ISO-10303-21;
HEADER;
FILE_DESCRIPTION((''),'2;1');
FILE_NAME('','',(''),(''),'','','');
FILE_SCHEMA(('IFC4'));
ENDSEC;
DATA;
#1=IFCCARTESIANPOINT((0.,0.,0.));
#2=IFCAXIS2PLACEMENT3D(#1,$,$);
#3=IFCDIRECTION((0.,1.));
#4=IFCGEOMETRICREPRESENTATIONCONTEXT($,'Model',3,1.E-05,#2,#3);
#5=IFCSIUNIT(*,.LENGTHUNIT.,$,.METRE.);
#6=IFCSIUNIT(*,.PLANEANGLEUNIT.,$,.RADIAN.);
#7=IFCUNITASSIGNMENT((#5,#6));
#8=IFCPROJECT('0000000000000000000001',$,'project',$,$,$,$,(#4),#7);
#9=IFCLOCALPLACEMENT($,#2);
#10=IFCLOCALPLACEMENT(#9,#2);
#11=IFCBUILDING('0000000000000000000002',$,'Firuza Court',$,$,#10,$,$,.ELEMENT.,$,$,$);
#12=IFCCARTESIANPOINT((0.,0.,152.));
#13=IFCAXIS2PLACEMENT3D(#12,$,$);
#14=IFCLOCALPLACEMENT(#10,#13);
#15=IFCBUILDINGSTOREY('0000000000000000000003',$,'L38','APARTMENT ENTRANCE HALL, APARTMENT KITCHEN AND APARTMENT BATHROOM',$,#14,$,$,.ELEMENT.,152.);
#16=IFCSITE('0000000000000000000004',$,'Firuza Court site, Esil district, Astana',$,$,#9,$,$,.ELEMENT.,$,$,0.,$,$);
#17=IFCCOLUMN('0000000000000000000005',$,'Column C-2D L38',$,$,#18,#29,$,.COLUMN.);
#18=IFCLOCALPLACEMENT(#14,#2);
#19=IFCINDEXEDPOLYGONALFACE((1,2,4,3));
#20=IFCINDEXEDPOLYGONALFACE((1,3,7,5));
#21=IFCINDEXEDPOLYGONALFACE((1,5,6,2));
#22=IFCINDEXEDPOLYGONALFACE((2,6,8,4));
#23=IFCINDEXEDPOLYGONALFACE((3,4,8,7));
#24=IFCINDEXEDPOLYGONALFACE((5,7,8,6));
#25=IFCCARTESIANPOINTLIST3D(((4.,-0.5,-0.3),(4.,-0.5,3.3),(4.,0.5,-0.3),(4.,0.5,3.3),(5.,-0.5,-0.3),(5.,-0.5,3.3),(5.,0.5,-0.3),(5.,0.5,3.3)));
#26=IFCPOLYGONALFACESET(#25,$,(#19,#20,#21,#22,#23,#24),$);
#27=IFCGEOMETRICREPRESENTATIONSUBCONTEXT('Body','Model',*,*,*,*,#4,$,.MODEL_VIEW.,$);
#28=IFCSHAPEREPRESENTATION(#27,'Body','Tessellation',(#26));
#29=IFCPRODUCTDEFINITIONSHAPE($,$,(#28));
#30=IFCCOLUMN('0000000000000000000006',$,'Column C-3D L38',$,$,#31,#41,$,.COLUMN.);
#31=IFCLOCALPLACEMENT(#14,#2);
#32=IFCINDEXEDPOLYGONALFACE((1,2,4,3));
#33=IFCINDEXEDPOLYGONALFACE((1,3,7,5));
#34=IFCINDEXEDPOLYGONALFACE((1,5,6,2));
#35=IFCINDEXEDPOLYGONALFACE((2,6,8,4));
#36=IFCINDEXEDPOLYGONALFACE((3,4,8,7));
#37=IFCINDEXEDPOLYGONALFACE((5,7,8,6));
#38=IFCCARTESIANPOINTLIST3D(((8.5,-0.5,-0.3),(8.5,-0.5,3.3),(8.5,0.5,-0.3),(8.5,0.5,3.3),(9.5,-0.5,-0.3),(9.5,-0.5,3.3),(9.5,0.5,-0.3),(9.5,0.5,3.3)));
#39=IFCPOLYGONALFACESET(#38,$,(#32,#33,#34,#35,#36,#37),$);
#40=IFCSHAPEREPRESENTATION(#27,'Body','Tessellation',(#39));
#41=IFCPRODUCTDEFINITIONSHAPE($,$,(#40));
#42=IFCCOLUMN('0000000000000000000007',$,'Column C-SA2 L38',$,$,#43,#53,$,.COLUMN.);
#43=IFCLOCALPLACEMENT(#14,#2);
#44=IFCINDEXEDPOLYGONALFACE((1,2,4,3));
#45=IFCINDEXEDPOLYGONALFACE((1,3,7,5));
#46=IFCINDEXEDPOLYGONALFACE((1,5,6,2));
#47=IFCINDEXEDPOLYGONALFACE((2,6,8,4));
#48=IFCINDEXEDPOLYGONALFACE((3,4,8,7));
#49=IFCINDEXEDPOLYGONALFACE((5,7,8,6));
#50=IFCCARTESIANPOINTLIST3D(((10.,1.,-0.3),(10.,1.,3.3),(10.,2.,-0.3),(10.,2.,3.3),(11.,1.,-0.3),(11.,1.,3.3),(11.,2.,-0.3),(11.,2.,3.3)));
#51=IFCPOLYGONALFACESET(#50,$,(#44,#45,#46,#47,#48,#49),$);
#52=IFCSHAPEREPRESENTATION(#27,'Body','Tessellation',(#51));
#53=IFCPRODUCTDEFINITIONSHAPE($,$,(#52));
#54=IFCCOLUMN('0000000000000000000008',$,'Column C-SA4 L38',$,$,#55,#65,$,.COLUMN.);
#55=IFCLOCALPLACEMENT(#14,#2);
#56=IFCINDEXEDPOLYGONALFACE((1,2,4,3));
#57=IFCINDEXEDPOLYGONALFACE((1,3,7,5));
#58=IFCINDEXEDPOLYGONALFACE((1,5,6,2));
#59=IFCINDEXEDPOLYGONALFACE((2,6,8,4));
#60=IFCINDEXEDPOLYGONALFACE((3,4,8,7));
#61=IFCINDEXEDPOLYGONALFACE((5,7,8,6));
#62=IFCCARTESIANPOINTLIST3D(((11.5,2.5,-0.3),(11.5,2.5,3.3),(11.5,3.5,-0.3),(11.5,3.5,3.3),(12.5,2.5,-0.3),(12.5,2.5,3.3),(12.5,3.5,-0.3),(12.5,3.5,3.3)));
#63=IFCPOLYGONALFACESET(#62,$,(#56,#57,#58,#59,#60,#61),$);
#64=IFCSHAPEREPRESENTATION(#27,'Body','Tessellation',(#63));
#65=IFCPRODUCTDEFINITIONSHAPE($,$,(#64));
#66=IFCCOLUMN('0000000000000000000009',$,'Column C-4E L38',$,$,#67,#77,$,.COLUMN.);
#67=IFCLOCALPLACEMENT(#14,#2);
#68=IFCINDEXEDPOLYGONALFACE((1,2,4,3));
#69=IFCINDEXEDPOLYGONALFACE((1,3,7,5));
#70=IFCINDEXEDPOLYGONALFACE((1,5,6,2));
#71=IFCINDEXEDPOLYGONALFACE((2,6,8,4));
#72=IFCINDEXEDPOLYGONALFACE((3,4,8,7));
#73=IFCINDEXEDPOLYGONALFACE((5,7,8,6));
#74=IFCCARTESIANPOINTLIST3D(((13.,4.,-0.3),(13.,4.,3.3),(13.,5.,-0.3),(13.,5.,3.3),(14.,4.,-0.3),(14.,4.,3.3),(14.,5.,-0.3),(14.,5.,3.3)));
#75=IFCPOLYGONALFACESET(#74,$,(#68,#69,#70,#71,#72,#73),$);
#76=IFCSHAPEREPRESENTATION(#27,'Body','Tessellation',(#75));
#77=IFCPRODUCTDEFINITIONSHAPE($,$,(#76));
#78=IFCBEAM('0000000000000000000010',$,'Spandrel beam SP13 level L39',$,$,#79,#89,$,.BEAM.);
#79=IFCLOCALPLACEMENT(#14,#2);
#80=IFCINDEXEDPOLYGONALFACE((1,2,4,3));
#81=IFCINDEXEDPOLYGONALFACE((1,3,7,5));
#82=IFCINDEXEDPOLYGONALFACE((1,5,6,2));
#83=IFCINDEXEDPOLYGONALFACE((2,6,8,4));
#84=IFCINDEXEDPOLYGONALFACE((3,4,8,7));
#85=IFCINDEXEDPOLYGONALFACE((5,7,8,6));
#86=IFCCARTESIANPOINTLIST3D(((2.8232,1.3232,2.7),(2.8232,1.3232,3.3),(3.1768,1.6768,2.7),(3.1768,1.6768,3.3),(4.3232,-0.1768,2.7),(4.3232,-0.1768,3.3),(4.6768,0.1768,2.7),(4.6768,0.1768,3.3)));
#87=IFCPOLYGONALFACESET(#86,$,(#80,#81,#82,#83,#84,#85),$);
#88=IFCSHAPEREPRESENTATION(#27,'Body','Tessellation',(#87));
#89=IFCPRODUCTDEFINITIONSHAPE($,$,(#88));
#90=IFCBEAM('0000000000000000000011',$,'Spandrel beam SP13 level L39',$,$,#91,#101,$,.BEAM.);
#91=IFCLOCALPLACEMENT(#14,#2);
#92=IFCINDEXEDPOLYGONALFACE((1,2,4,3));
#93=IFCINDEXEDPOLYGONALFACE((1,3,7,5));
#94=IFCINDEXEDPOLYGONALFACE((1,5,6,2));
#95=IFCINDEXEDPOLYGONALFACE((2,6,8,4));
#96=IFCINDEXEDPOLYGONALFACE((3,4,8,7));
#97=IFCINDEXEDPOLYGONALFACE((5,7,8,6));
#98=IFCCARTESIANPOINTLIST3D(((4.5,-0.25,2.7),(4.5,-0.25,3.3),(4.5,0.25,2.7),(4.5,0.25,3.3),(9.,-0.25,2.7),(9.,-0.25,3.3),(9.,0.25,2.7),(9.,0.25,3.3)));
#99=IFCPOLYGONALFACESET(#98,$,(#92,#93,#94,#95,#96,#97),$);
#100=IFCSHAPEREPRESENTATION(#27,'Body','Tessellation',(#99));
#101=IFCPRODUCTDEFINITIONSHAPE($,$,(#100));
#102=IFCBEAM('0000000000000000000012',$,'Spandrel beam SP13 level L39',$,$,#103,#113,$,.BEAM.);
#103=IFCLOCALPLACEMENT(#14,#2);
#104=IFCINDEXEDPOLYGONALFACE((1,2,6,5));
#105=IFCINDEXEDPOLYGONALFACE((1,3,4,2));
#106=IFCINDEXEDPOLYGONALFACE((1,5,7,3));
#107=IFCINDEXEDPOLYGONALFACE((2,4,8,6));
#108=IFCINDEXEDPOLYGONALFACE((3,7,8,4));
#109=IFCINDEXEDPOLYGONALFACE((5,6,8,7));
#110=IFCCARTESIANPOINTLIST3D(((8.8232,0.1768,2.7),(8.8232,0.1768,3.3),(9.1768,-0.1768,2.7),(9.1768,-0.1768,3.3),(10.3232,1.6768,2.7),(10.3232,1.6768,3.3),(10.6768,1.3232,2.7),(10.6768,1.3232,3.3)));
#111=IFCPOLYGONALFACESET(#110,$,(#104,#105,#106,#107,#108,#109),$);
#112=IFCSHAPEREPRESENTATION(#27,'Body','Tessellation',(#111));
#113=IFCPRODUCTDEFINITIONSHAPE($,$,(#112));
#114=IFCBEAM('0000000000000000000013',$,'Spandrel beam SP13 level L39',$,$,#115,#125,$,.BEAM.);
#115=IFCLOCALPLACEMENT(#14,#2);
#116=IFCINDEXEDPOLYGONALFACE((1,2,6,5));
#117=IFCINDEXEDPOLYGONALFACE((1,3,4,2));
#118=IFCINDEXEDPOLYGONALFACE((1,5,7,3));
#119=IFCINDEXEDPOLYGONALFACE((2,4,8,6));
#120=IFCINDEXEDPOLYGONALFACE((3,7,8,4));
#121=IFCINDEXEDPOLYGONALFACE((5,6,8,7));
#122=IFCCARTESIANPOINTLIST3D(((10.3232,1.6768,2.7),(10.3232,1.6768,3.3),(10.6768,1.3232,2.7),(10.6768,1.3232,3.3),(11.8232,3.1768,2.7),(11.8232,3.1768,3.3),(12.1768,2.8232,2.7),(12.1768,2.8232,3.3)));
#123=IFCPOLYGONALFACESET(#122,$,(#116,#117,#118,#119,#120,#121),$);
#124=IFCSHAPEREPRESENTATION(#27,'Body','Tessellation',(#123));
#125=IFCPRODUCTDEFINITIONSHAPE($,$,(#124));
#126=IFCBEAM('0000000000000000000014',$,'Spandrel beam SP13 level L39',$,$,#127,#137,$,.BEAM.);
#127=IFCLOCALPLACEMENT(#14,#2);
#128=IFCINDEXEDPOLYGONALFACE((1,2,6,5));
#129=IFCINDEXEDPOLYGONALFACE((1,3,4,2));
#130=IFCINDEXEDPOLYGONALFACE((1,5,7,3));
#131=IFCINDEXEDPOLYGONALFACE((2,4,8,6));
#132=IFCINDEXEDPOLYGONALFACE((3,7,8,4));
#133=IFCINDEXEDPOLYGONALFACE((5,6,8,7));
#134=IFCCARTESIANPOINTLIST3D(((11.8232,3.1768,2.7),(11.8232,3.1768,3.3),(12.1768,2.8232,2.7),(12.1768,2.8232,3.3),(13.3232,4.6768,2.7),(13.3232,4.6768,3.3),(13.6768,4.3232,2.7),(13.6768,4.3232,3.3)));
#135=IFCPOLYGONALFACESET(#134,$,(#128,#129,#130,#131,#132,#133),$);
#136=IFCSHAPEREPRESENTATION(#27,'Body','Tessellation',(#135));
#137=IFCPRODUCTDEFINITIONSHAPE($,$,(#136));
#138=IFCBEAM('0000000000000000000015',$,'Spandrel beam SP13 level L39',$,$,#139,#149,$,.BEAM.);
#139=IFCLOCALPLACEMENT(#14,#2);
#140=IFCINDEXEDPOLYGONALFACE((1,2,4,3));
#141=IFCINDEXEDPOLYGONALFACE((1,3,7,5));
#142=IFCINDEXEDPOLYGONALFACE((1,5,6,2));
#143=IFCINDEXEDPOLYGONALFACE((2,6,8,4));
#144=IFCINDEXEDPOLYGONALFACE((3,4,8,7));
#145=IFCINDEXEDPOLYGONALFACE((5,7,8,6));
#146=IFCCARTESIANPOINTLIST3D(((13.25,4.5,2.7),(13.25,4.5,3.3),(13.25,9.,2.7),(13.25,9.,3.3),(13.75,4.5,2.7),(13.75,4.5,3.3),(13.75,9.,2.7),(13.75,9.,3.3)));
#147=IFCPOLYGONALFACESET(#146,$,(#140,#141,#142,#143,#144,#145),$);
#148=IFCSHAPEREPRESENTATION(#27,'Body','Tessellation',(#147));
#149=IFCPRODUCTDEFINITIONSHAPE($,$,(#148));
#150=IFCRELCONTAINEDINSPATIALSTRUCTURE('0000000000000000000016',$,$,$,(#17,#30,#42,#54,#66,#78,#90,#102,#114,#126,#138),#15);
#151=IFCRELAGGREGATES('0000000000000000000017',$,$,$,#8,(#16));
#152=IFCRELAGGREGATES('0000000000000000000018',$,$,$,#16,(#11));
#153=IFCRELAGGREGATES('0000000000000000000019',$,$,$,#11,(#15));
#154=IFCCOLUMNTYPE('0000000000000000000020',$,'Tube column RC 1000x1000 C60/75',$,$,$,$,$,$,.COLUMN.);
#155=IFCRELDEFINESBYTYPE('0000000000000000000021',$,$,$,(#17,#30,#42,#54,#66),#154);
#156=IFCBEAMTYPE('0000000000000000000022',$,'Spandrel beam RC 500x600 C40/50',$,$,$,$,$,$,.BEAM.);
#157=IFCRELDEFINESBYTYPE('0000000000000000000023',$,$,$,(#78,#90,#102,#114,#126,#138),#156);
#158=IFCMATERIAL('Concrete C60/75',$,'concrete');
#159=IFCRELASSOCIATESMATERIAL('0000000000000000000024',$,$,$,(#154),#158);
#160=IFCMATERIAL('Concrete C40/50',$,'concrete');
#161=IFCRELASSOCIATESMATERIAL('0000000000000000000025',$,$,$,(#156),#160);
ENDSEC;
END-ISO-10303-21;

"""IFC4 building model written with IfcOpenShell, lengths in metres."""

from ifc_helpers import new_model, si_unit, direction, frame, origin, origin_2d, place, context, subcontext, project, spatial, rectangle, extrude, material, material_profile, profile_set, type_object, element, save


model = new_model("IFC4")

# Units and contexts
model_context = context("Model", 3, precision=1e-05, world=origin(), true_north=direction((0.0, 1.0)))
body_context = subcontext(model_context, "Body", "Model", "MODEL_VIEW")
ifc_project = project(units=[si_unit("LENGTHUNIT", "METRE"), si_unit("PLANEANGLEUNIT", "RADIAN")], contexts=[model_context])

# Site, building, storey
site_placement = place(None, origin())
site = spatial("IfcSite", under=ifc_project, at=site_placement, Name="Firuza Court site, Esil district, Astana", CompositionType="ELEMENT", RefElevation=0.0)
building_placement = place(site_placement, origin())
building = spatial("IfcBuilding", under=site, at=building_placement, Name="Firuza Court", CompositionType="ELEMENT")
storey_placement = place(building_placement, frame((0.0, 0.0, 152.0)))
storey = spatial("IfcBuildingStorey", under=building, at=storey_placement, Name="L38", Description="APARTMENT ENTRANCE HALL, APARTMENT KITCHEN AND APARTMENT BATHROOM", CompositionType="ELEMENT", Elevation=152.0)

# Columns
ifc_material_1 = material(Name="Concrete C60/75", Category="concrete")
ifc_material_profile_1 = material_profile(ifc_material_1, rectangle(XDim=1.0, YDim=1.0, at=origin_2d()), Name="RC 1000x1000")
ifc_profile_set_1 = profile_set([ifc_material_profile_1], Name="Concrete C60/75")
column_type = type_object("IfcColumnType", Name="Tube column RC 1000x1000 C60/75", PredefinedType="COLUMN", material=ifc_profile_set_1)
for number, where, z_axis, x_axis, name in (
    (1, (4.5, 0.0, -0.3), (0.0, 0.0, 1.0), (1.0, 0.0, 0.0), "Column C-2D L38"),
    (2, (9.0, 0.0, -0.3), (0.0, 0.0, 1.0), (1.0, 0.0, 0.0), "Column C-3D L38"),
    (3, (10.5, 1.5, -0.3), (0.0, 0.0, 1.0), (1.0, 0.0, 0.0), "Column C-SA2 L38"),
    (4, (12.0, 3.0, -0.3), (0.0, 0.0, 1.0), (1.0, 0.0, 0.0), "Column C-SA4 L38"),
    (5, (13.5, 4.5, -0.3), (0.0, 0.0, 1.0), (1.0, 0.0, 0.0), "Column C-4E L38"),
):
    element("IfcColumn", number, at=place(storey_placement, frame(where, z_axis=z_axis, x_axis=x_axis)), inside=storey, type_object=column_type, Name=name, PredefinedType="COLUMN", context=body_context, shape_type="SweptSolid", body=[
        extrude(rectangle(XDim=1.0, YDim=1.0, at=origin_2d()), origin(), (0.0, 0.0, 1.0), 3.6001),
    ])

# Beams
ifc_material_2 = material(Name="Concrete C40/50", Category="concrete")
ifc_material_profile_2 = material_profile(ifc_material_2, rectangle(XDim=0.5, YDim=0.6001, at=origin_2d()), Name="RC 500x600")
ifc_profile_set_2 = profile_set([ifc_material_profile_2], Name="Concrete C40/50")
beam_type = type_object("IfcBeamType", Name="Spandrel beam RC 500x600 C40/50", PredefinedType="BEAM", material=ifc_profile_set_2)
beam_1_placement = place(storey_placement, frame((3.0, 1.5, 3.0), z_axis=(0.707107, -0.707107, 0.0), x_axis=(0.707107, 0.707107, 0.0)))
element("IfcBeam", 6, at=beam_1_placement, inside=storey, type_object=beam_type, Name="Spandrel beam SP13 level L39", PredefinedType="BEAM", context=body_context, shape_type="SweptSolid", body=[
    extrude(rectangle(XDim=0.5, YDim=0.6001, at=origin_2d()), origin(), (0.0, 0.0, 1.0), 2.1213),
])
beam_2_placement = place(storey_placement, frame((4.5, 0.0, 3.0), z_axis=(1.0, 0.0, 0.0), x_axis=(0.0, 1.0, 0.0)))
element("IfcBeam", 7, at=beam_2_placement, inside=storey, type_object=beam_type, Name="Spandrel beam SP13 level L39", PredefinedType="BEAM", context=body_context, shape_type="SweptSolid", body=[
    extrude(rectangle(XDim=0.5, YDim=0.6001, at=origin_2d()), origin(), (0.0, 0.0, 1.0), 4.5),
])
for number, where, z_axis, x_axis, name in (
    (8, (9.0, 0.0, 3.0), (0.707107, 0.707107, 0.0), (-0.707107, 0.707107, 0.0), "Spandrel beam SP13 level L39"),
    (9, (10.5, 1.5, 3.0), (0.707107, 0.707107, 0.0), (-0.707107, 0.707107, 0.0), "Spandrel beam SP13 level L39"),
    (10, (12.0, 3.0, 3.0), (0.707107, 0.707107, 0.0), (-0.707107, 0.707107, 0.0), "Spandrel beam SP13 level L39"),
):
    element("IfcBeam", number, at=place(storey_placement, frame(where, z_axis=z_axis, x_axis=x_axis)), inside=storey, type_object=beam_type, Name=name, PredefinedType="BEAM", context=body_context, shape_type="SweptSolid", body=[
        extrude(rectangle(XDim=0.5, YDim=0.6001, at=origin_2d()), origin(), (0.0, 0.0, 1.0), 2.1213),
    ])
beam_3_placement = place(storey_placement, frame((13.5, 4.5, 3.0), z_axis=(0.0, 1.0, 0.0), x_axis=(-1.0, 0.0, 0.0)))
element("IfcBeam", 11, at=beam_3_placement, inside=storey, type_object=beam_type, Name="Spandrel beam SP13 level L39", PredefinedType="BEAM", context=body_context, shape_type="SweptSolid", body=[
    extrude(rectangle(XDim=0.5, YDim=0.6001, at=origin_2d()), origin(), (0.0, 0.0, 1.0), 4.5),
])

save(model, "model.ifc")
